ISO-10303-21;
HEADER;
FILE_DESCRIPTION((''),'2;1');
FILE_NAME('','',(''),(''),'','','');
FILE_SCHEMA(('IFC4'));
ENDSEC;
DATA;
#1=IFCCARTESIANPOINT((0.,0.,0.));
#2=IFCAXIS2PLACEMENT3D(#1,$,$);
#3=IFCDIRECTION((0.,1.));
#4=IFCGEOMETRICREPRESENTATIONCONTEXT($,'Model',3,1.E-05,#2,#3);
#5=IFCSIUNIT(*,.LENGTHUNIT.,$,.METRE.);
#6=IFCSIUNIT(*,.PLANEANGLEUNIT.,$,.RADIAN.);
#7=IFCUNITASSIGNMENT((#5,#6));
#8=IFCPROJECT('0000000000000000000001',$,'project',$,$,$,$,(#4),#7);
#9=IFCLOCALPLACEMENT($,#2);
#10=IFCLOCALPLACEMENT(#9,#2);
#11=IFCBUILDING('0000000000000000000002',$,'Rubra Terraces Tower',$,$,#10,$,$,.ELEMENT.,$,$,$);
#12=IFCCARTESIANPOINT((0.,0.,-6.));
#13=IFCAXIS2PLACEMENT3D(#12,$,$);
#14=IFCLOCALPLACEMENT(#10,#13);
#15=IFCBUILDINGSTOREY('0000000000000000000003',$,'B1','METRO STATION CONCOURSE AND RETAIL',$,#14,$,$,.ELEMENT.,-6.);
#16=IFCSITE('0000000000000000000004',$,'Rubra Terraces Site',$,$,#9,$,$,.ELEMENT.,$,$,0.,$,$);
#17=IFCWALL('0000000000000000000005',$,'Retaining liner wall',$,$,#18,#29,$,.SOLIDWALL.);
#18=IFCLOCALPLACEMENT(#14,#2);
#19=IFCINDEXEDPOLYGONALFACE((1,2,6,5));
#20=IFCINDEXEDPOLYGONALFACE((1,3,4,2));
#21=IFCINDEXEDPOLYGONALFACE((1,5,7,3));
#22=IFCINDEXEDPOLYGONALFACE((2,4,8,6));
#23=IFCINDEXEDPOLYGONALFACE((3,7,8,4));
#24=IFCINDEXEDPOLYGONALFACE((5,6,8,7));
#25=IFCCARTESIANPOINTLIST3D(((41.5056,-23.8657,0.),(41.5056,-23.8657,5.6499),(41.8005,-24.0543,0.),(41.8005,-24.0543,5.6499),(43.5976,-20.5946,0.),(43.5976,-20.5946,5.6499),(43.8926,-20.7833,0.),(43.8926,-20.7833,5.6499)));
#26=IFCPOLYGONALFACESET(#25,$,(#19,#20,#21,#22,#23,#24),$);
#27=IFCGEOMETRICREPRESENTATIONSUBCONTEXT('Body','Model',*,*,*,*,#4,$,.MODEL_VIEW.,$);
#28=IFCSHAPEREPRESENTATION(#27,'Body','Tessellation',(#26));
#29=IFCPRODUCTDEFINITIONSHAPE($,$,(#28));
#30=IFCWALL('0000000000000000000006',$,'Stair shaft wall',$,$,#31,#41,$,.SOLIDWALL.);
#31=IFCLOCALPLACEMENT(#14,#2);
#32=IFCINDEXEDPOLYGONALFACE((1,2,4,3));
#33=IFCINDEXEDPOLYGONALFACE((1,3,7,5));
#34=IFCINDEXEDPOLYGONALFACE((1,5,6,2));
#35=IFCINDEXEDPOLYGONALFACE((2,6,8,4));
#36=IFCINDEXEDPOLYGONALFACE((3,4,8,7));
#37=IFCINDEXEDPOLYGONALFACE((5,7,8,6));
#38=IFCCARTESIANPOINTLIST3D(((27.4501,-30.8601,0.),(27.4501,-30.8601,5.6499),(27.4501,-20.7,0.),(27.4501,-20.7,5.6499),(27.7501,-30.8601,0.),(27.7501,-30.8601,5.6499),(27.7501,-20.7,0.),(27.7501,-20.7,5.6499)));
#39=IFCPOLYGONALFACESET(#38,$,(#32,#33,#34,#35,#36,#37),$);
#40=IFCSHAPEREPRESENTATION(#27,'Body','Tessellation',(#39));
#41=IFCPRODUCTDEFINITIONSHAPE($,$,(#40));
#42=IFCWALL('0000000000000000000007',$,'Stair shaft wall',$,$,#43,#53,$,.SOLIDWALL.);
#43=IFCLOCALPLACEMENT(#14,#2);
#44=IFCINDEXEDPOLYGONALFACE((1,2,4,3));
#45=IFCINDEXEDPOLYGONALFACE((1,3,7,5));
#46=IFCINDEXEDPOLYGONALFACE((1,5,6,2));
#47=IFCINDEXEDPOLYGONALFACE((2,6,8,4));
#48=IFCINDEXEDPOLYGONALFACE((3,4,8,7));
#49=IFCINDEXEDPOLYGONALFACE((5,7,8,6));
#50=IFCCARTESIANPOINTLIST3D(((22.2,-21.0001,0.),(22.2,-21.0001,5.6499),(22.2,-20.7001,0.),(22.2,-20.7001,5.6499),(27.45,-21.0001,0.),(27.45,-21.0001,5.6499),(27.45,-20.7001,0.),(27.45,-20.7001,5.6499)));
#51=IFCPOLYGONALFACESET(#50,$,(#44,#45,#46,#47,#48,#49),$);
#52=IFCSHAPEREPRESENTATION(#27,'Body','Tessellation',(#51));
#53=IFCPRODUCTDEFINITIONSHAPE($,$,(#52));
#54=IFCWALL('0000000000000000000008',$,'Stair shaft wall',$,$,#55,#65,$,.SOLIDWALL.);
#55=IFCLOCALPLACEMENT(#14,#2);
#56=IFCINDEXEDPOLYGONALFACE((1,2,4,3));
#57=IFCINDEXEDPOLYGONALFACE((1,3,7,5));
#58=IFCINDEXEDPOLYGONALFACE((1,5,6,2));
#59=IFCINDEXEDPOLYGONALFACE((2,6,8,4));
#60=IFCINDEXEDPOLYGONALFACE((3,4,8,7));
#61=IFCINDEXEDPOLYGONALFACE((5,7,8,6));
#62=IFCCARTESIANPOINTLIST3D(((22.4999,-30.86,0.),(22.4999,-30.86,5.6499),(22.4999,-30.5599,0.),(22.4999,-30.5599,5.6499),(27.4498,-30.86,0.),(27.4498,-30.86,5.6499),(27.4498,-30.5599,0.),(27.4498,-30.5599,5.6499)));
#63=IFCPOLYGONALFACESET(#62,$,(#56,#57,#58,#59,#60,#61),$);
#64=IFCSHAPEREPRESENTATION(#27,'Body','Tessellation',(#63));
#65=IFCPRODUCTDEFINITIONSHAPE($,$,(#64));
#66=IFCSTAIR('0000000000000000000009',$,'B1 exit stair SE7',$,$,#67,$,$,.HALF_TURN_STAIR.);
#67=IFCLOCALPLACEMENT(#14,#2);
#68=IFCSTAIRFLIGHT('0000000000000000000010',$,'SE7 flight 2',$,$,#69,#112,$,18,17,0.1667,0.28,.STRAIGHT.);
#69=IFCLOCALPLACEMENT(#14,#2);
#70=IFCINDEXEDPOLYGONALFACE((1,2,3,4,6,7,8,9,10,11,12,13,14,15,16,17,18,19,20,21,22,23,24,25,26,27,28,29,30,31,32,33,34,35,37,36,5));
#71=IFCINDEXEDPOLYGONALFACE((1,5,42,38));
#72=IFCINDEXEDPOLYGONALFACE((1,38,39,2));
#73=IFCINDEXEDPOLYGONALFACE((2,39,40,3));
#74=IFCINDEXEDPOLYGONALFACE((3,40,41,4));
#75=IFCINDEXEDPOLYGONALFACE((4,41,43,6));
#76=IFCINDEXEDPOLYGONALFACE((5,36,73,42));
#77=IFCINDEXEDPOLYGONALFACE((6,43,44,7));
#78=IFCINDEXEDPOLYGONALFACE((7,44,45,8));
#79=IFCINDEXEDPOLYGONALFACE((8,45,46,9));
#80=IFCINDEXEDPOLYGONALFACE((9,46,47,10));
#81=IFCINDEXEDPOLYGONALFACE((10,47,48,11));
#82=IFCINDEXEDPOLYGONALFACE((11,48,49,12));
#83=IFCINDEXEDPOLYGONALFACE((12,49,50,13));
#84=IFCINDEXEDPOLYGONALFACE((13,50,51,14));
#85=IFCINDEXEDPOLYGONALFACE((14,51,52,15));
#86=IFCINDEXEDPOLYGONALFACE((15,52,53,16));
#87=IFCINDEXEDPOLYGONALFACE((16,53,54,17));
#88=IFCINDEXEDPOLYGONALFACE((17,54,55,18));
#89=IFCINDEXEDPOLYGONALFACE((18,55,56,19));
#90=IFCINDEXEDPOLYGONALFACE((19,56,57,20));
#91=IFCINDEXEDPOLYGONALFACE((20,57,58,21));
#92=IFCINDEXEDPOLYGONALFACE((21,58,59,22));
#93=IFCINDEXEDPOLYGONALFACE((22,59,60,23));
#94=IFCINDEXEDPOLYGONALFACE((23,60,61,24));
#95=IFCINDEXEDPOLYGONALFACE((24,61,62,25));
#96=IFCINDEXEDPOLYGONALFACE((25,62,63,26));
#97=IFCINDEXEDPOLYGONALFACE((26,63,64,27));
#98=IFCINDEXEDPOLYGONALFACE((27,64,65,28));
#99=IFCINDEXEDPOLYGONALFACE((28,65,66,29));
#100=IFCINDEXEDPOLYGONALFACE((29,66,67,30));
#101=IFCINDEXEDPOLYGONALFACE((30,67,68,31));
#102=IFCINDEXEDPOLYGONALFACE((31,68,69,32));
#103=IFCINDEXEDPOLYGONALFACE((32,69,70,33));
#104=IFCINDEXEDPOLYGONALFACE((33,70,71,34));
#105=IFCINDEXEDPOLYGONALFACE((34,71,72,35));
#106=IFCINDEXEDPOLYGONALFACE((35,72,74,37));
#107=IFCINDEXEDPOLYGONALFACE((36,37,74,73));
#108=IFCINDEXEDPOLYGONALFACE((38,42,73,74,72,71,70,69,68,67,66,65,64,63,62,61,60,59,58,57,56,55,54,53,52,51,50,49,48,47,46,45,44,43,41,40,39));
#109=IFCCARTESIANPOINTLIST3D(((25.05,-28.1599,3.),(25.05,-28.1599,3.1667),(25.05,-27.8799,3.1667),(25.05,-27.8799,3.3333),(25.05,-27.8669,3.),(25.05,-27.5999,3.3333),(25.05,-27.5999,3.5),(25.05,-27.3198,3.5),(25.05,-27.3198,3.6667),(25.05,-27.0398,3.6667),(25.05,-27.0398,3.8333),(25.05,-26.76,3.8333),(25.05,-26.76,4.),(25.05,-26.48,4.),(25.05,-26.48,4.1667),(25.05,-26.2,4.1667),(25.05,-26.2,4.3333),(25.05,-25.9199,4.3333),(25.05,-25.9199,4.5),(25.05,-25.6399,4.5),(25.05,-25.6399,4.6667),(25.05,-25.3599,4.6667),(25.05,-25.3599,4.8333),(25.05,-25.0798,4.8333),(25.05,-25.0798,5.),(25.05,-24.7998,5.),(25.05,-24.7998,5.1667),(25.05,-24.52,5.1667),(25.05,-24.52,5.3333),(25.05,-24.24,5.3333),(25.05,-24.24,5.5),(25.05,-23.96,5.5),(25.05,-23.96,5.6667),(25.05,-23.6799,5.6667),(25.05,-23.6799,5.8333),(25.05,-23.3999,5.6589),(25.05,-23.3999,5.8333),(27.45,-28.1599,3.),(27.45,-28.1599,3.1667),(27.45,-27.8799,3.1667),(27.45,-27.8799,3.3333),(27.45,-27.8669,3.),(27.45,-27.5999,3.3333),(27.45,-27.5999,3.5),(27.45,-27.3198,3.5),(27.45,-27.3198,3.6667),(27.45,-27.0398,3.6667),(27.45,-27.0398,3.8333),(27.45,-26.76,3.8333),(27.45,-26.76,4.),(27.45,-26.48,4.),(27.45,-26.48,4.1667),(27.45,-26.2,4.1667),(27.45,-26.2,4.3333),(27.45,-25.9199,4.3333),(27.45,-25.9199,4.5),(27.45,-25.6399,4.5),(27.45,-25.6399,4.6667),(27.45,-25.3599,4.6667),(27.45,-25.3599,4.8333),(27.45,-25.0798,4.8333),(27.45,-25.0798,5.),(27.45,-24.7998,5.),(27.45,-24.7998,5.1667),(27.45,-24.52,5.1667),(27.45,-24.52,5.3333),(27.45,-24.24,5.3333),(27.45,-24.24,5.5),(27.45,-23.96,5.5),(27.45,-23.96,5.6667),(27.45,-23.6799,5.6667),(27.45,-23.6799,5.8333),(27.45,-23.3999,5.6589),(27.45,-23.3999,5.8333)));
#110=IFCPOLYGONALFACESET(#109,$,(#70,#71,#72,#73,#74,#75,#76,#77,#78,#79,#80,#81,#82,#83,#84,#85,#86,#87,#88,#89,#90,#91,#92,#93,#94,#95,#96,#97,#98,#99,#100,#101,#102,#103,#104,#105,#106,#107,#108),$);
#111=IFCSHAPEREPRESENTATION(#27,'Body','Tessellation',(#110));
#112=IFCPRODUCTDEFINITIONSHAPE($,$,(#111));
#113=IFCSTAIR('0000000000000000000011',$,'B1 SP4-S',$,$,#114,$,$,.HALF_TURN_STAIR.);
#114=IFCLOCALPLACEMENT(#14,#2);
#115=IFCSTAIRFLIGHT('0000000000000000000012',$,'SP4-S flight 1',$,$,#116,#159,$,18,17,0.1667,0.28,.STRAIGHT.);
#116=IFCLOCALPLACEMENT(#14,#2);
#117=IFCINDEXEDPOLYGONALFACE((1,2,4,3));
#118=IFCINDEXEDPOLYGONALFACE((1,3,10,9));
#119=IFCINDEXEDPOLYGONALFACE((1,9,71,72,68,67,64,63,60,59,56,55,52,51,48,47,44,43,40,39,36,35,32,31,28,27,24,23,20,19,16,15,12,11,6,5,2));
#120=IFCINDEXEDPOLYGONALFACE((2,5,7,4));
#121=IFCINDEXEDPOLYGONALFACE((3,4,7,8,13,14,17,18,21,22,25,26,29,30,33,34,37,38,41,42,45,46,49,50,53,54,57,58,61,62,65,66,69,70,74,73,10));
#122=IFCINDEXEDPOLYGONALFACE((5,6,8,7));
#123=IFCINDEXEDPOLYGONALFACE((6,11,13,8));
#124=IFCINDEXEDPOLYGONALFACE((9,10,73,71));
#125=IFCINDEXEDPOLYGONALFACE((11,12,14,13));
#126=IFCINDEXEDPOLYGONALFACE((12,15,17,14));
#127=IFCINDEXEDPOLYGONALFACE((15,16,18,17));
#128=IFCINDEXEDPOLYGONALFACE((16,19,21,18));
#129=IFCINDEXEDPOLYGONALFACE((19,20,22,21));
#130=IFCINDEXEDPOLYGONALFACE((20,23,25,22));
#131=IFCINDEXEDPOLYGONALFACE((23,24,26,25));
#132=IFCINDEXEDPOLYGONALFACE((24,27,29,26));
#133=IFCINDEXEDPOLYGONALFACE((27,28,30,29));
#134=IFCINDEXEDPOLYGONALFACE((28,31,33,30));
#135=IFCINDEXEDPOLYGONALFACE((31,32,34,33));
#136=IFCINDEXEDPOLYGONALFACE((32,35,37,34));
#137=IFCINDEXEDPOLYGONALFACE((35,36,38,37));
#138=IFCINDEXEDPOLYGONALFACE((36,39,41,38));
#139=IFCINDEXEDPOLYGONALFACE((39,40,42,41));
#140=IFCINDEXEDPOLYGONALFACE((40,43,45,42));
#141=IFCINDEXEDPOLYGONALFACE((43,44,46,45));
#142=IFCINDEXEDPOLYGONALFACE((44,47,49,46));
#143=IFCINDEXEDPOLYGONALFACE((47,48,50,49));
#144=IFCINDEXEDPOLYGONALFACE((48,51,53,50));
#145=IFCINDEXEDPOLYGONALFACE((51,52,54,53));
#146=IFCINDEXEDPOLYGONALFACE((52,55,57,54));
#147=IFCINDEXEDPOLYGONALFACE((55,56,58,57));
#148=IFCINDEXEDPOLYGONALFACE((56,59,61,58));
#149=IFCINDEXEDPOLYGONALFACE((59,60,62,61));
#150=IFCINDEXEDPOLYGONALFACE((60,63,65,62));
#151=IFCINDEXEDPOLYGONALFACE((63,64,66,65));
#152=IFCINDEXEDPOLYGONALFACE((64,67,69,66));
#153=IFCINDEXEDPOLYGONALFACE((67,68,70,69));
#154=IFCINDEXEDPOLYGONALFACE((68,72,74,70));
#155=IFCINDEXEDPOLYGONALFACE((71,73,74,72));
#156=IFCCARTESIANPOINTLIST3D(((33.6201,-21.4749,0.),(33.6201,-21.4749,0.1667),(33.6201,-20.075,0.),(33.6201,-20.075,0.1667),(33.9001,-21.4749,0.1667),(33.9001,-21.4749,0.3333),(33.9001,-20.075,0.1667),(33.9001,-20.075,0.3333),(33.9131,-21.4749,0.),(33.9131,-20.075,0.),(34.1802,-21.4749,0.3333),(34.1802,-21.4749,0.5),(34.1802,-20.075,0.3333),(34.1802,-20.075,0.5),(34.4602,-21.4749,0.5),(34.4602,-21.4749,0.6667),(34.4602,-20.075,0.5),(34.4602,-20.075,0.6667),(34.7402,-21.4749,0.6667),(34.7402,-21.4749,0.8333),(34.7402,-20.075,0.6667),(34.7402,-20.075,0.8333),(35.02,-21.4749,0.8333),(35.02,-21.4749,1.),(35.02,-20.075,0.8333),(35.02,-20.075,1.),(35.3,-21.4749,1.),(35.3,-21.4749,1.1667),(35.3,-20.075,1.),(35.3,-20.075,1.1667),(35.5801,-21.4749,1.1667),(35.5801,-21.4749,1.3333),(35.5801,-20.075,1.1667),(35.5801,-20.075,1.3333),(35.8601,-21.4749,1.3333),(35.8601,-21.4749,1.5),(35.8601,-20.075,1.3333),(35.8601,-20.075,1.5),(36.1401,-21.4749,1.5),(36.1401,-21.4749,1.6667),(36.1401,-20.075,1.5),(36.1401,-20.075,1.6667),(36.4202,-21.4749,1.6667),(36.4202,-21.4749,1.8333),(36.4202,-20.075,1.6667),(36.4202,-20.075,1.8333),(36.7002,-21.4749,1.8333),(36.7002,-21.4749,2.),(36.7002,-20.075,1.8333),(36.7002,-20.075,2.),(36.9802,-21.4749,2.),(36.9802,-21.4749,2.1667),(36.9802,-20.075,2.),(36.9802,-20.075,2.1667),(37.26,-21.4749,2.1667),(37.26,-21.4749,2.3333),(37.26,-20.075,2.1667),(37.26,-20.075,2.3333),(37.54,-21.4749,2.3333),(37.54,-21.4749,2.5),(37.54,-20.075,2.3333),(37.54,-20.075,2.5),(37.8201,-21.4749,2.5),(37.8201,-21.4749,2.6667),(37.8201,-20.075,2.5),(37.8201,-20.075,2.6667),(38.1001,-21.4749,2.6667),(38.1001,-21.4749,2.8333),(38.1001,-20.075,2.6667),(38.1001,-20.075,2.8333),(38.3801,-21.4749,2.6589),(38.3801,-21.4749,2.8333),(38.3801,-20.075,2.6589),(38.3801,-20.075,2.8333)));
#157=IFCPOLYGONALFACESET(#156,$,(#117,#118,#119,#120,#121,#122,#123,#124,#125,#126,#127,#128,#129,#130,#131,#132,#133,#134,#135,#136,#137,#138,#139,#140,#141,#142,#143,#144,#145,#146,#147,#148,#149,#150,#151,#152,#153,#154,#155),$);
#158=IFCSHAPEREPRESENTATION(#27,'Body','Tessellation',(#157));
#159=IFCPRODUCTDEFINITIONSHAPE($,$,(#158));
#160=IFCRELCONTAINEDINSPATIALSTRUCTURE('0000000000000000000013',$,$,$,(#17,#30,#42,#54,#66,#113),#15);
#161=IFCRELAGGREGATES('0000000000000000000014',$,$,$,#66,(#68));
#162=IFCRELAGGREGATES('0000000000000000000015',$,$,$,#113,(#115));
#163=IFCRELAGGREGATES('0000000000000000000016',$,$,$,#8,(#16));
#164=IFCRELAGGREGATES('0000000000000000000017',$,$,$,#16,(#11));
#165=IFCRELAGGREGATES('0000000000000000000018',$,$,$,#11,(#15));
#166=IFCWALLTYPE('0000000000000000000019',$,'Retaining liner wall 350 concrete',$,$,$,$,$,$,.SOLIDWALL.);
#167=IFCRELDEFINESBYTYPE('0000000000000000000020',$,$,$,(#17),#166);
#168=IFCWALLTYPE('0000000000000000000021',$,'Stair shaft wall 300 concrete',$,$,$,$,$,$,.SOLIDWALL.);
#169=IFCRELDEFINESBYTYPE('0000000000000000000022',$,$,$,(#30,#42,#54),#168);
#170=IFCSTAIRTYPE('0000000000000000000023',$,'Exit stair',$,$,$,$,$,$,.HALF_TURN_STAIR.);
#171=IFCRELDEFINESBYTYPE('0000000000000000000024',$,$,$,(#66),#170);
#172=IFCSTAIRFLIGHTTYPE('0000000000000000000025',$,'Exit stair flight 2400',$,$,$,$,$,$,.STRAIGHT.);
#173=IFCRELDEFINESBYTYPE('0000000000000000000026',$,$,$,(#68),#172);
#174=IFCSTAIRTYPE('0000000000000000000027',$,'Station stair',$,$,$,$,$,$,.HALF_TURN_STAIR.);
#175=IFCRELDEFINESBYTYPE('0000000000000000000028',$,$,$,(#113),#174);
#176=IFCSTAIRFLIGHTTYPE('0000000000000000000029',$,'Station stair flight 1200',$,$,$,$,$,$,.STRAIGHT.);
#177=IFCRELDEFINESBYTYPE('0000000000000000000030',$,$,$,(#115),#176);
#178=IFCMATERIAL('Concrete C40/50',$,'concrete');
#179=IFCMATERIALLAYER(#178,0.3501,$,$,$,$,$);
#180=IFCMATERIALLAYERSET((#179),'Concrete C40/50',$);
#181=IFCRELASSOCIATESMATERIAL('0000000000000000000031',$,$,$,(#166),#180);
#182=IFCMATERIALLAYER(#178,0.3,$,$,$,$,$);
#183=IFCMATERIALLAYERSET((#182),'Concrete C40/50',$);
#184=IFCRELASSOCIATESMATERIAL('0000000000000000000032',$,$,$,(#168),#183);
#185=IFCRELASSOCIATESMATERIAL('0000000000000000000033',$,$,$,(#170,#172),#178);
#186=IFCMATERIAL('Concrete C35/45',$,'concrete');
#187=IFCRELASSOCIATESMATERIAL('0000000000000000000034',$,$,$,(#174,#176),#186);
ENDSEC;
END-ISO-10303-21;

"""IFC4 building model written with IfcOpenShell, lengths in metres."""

from ifc_helpers import new_model, si_unit, direction, frame, frame_2d, origin, place, context, subcontext, project, spatial, polyline, rectangle, outline, extrude, material, layer, layer_set, type_object, element, aggregate, save


model = new_model("IFC4")

# Units and contexts
model_context = context("Model", 3, precision=1e-05, world=origin(), true_north=direction((0.0, 1.0)))
body_context = subcontext(model_context, "Body", "Model", "MODEL_VIEW")
ifc_project = project(units=[si_unit("LENGTHUNIT", "METRE"), si_unit("PLANEANGLEUNIT", "RADIAN")], contexts=[model_context])

# Site, building, storey
site_placement = place(None, origin())
site = spatial("IfcSite", under=ifc_project, at=site_placement, Name="Rubra Terraces Site", CompositionType="ELEMENT", RefElevation=0.0)
building_placement = place(site_placement, origin())
building = spatial("IfcBuilding", under=site, at=building_placement, Name="Rubra Terraces Tower", CompositionType="ELEMENT")
storey_placement = place(building_placement, frame((0.0, 0.0, -6.0)))
storey = spatial("IfcBuildingStorey", under=building, at=storey_placement, Name="B1", Description="METRO STATION CONCOURSE AND RETAIL", CompositionType="ELEMENT", Elevation=-6.0)

# Shared definitions
ifc_material_1 = material(Name="Concrete C40/50", Category="concrete")

# Walls
ifc_layer_1 = layer(ifc_material_1, 0.3501)
ifc_layer_set_1 = layer_set([ifc_layer_1], Name="Concrete C40/50")
wall_type_1 = type_object("IfcWallType", Name="Retaining liner wall 350 concrete", PredefinedType="SOLIDWALL", material=ifc_layer_set_1)
wall_1_placement = place(storey_placement, frame((43.7451, -20.689, 0.0), z_axis=(0.0, 0.0, 1.0), x_axis=(-0.538799, -0.842435, 0.0)))
element("IfcWall", 1, at=wall_1_placement, inside=storey, type_object=wall_type_1, Name="Retaining liner wall", PredefinedType="SOLIDWALL", context=body_context, shape_type="SweptSolid", body=[
    extrude(rectangle(XDim=3.8828, YDim=0.3501, at=frame_2d((1.9414, 0.0))), origin(), (0.0, 0.0, 1.0), 5.6499),
])
ifc_layer_2 = layer(ifc_material_1, 0.3)
ifc_layer_set_2 = layer_set([ifc_layer_2], Name="Concrete C40/50")
wall_type_2 = type_object("IfcWallType", Name="Stair shaft wall 300 concrete", PredefinedType="SOLIDWALL", material=ifc_layer_set_2)
wall_2_placement = place(storey_placement, frame((27.6001, -30.8601, 0.0), z_axis=(0.0, 0.0, 1.0), x_axis=(0.0, 1.0, 0.0)))
element("IfcWall", 2, at=wall_2_placement, inside=storey, type_object=wall_type_2, Name="Stair shaft wall", PredefinedType="SOLIDWALL", context=body_context, shape_type="SweptSolid", body=[
    extrude(rectangle(XDim=10.1602, YDim=0.3, at=frame_2d((5.0801, 0.0))), origin(), (0.0, 0.0, 1.0), 5.6499),
])
wall_3_placement = place(storey_placement, frame((27.45, -20.8501, 0.0), z_axis=(0.0, 0.0, 1.0), x_axis=(-1.0, 0.0, 0.0)))
element("IfcWall", 3, at=wall_3_placement, inside=storey, type_object=wall_type_2, Name="Stair shaft wall", PredefinedType="SOLIDWALL", context=body_context, shape_type="SweptSolid", body=[
    extrude(rectangle(XDim=5.25, YDim=0.3, at=frame_2d((2.625, 0.0))), origin(), (0.0, 0.0, 1.0), 5.6499),
])
wall_4_placement = place(storey_placement, frame((27.45, -30.71, 0.0), z_axis=(0.0, 0.0, 1.0), x_axis=(-1.0, 0.0, 0.0)))
element("IfcWall", 4, at=wall_4_placement, inside=storey, type_object=wall_type_2, Name="Stair shaft wall", PredefinedType="SOLIDWALL", context=body_context, shape_type="SweptSolid", body=[
    extrude(rectangle(XDim=4.95, YDim=0.3, at=frame_2d((2.4751, 0.0))), origin(), (0.0, 0.0, 1.0), 5.6499),
])

# Stair, stair flight
stair_type_1 = type_object("IfcStairType", Name="Exit stair", PredefinedType="HALF_TURN_STAIR", material=ifc_material_1)
stair_1_placement = place(storey_placement, origin())
stair_1 = element("IfcStair", 5, at=stair_1_placement, inside=storey, type_object=stair_type_1, Name="B1 exit stair SE7", PredefinedType="HALF_TURN_STAIR")
stair_flight_type_1 = type_object("IfcStairFlightType", Name="Exit stair flight 2400", PredefinedType="STRAIGHT", material=ifc_material_1)
stair_flight_1_placement = place(storey_placement, frame((26.25, -28.1599, 3.0), z_axis=(0.0, 0.0, 1.0), x_axis=(0.0, 1.0, 0.0)))
stair_flight_1 = element("IfcStairFlight", 6, at=stair_flight_1_placement, type_object=stair_flight_type_1, Name="SE7 flight 2", NumberOfRisers=18, NumberOfTreads=17, PredefinedType="STRAIGHT", RiserHeight=0.1667, TreadLength=0.28, context=body_context, shape_type="SweptSolid", body=[
    extrude(outline(polyline([(0.0, 0.0), (0.0, 0.1667), (0.28, 0.1667), (0.28, 0.3333), (0.5601, 0.3333), (0.5601, 0.5), (0.8401, 0.5), (0.8401, 0.6667), (1.1201, 0.6667), (1.1201, 0.8333), (1.3999, 0.8333), (1.3999, 1.0), (1.6799, 1.0), (1.6799, 1.1667), (1.96, 1.1667), (1.96, 1.3333), (2.24, 1.3333), (2.24, 1.5), (2.52, 1.5), (2.52, 1.6667), (2.8, 1.6667), (2.8, 1.8333), (3.0801, 1.8333), (3.0801, 2.0), (3.3601, 2.0), (3.3601, 2.1667), (3.6399, 2.1667), (3.6399, 2.3333), (3.9199, 2.3333), (3.9199, 2.5), (4.2, 2.5), (4.2, 2.6667), (4.48, 2.6667), (4.48, 2.8333), (4.76, 2.8333), (4.76, 3.0), (4.76, 2.6589), (0.293, 0.0), (0.0, 0.0)])), frame((0.0, 1.2, 0.0), z_axis=(0.0, -1.0, 0.0), x_axis=(1.0, 0.0, 0.0)), (0.0, 0.0, 1.0), 2.3999),
])
aggregate(stair_1, [stair_flight_1])

# Stair, stair flight
ifc_material_2 = material(Name="Concrete C35/45", Category="concrete")
stair_type_2 = type_object("IfcStairType", Name="Station stair", PredefinedType="HALF_TURN_STAIR", material=ifc_material_2)
stair_2_placement = place(storey_placement, origin())
stair_2 = element("IfcStair", 7, at=stair_2_placement, inside=storey, type_object=stair_type_2, Name="B1 SP4-S", PredefinedType="HALF_TURN_STAIR")
stair_flight_type_2 = type_object("IfcStairFlightType", Name="Station stair flight 1200", PredefinedType="STRAIGHT", material=ifc_material_2)
stair_flight_2_placement = place(storey_placement, frame((33.6201, -20.7749, 0.0), z_axis=(0.0, 0.0, 1.0), x_axis=(1.0, 0.0, 0.0)))
stair_flight_2 = element("IfcStairFlight", 8, at=stair_flight_2_placement, type_object=stair_flight_type_2, Name="SP4-S flight 1", NumberOfRisers=18, NumberOfTreads=17, PredefinedType="STRAIGHT", RiserHeight=0.1667, TreadLength=0.28, context=body_context, shape_type="SweptSolid", body=[
    extrude(outline(polyline([(0.0, 0.0), (0.0, 0.1667), (0.28, 0.1667), (0.28, 0.3333), (0.5601, 0.3333), (0.5601, 0.5), (0.8401, 0.5), (0.8401, 0.6667), (1.1201, 0.6667), (1.1201, 0.8333), (1.3999, 0.8333), (1.3999, 1.0), (1.6799, 1.0), (1.6799, 1.1667), (1.96, 1.1667), (1.96, 1.3333), (2.24, 1.3333), (2.24, 1.5), (2.52, 1.5), (2.52, 1.6667), (2.8, 1.6667), (2.8, 1.8333), (3.0801, 1.8333), (3.0801, 2.0), (3.3601, 2.0), (3.3601, 2.1667), (3.6399, 2.1667), (3.6399, 2.3333), (3.9199, 2.3333), (3.9199, 2.5), (4.2, 2.5), (4.2, 2.6667), (4.48, 2.6667), (4.48, 2.8333), (4.76, 2.8333), (4.76, 3.0), (4.76, 2.6589), (0.293, 0.0), (0.0, 0.0)])), frame((0.0, 0.7, 0.0), z_axis=(0.0, -1.0, 0.0), x_axis=(1.0, 0.0, 0.0)), (0.0, 0.0, 1.0), 1.3999),
])
aggregate(stair_2, [stair_flight_2])

save(model, "model.ifc")
